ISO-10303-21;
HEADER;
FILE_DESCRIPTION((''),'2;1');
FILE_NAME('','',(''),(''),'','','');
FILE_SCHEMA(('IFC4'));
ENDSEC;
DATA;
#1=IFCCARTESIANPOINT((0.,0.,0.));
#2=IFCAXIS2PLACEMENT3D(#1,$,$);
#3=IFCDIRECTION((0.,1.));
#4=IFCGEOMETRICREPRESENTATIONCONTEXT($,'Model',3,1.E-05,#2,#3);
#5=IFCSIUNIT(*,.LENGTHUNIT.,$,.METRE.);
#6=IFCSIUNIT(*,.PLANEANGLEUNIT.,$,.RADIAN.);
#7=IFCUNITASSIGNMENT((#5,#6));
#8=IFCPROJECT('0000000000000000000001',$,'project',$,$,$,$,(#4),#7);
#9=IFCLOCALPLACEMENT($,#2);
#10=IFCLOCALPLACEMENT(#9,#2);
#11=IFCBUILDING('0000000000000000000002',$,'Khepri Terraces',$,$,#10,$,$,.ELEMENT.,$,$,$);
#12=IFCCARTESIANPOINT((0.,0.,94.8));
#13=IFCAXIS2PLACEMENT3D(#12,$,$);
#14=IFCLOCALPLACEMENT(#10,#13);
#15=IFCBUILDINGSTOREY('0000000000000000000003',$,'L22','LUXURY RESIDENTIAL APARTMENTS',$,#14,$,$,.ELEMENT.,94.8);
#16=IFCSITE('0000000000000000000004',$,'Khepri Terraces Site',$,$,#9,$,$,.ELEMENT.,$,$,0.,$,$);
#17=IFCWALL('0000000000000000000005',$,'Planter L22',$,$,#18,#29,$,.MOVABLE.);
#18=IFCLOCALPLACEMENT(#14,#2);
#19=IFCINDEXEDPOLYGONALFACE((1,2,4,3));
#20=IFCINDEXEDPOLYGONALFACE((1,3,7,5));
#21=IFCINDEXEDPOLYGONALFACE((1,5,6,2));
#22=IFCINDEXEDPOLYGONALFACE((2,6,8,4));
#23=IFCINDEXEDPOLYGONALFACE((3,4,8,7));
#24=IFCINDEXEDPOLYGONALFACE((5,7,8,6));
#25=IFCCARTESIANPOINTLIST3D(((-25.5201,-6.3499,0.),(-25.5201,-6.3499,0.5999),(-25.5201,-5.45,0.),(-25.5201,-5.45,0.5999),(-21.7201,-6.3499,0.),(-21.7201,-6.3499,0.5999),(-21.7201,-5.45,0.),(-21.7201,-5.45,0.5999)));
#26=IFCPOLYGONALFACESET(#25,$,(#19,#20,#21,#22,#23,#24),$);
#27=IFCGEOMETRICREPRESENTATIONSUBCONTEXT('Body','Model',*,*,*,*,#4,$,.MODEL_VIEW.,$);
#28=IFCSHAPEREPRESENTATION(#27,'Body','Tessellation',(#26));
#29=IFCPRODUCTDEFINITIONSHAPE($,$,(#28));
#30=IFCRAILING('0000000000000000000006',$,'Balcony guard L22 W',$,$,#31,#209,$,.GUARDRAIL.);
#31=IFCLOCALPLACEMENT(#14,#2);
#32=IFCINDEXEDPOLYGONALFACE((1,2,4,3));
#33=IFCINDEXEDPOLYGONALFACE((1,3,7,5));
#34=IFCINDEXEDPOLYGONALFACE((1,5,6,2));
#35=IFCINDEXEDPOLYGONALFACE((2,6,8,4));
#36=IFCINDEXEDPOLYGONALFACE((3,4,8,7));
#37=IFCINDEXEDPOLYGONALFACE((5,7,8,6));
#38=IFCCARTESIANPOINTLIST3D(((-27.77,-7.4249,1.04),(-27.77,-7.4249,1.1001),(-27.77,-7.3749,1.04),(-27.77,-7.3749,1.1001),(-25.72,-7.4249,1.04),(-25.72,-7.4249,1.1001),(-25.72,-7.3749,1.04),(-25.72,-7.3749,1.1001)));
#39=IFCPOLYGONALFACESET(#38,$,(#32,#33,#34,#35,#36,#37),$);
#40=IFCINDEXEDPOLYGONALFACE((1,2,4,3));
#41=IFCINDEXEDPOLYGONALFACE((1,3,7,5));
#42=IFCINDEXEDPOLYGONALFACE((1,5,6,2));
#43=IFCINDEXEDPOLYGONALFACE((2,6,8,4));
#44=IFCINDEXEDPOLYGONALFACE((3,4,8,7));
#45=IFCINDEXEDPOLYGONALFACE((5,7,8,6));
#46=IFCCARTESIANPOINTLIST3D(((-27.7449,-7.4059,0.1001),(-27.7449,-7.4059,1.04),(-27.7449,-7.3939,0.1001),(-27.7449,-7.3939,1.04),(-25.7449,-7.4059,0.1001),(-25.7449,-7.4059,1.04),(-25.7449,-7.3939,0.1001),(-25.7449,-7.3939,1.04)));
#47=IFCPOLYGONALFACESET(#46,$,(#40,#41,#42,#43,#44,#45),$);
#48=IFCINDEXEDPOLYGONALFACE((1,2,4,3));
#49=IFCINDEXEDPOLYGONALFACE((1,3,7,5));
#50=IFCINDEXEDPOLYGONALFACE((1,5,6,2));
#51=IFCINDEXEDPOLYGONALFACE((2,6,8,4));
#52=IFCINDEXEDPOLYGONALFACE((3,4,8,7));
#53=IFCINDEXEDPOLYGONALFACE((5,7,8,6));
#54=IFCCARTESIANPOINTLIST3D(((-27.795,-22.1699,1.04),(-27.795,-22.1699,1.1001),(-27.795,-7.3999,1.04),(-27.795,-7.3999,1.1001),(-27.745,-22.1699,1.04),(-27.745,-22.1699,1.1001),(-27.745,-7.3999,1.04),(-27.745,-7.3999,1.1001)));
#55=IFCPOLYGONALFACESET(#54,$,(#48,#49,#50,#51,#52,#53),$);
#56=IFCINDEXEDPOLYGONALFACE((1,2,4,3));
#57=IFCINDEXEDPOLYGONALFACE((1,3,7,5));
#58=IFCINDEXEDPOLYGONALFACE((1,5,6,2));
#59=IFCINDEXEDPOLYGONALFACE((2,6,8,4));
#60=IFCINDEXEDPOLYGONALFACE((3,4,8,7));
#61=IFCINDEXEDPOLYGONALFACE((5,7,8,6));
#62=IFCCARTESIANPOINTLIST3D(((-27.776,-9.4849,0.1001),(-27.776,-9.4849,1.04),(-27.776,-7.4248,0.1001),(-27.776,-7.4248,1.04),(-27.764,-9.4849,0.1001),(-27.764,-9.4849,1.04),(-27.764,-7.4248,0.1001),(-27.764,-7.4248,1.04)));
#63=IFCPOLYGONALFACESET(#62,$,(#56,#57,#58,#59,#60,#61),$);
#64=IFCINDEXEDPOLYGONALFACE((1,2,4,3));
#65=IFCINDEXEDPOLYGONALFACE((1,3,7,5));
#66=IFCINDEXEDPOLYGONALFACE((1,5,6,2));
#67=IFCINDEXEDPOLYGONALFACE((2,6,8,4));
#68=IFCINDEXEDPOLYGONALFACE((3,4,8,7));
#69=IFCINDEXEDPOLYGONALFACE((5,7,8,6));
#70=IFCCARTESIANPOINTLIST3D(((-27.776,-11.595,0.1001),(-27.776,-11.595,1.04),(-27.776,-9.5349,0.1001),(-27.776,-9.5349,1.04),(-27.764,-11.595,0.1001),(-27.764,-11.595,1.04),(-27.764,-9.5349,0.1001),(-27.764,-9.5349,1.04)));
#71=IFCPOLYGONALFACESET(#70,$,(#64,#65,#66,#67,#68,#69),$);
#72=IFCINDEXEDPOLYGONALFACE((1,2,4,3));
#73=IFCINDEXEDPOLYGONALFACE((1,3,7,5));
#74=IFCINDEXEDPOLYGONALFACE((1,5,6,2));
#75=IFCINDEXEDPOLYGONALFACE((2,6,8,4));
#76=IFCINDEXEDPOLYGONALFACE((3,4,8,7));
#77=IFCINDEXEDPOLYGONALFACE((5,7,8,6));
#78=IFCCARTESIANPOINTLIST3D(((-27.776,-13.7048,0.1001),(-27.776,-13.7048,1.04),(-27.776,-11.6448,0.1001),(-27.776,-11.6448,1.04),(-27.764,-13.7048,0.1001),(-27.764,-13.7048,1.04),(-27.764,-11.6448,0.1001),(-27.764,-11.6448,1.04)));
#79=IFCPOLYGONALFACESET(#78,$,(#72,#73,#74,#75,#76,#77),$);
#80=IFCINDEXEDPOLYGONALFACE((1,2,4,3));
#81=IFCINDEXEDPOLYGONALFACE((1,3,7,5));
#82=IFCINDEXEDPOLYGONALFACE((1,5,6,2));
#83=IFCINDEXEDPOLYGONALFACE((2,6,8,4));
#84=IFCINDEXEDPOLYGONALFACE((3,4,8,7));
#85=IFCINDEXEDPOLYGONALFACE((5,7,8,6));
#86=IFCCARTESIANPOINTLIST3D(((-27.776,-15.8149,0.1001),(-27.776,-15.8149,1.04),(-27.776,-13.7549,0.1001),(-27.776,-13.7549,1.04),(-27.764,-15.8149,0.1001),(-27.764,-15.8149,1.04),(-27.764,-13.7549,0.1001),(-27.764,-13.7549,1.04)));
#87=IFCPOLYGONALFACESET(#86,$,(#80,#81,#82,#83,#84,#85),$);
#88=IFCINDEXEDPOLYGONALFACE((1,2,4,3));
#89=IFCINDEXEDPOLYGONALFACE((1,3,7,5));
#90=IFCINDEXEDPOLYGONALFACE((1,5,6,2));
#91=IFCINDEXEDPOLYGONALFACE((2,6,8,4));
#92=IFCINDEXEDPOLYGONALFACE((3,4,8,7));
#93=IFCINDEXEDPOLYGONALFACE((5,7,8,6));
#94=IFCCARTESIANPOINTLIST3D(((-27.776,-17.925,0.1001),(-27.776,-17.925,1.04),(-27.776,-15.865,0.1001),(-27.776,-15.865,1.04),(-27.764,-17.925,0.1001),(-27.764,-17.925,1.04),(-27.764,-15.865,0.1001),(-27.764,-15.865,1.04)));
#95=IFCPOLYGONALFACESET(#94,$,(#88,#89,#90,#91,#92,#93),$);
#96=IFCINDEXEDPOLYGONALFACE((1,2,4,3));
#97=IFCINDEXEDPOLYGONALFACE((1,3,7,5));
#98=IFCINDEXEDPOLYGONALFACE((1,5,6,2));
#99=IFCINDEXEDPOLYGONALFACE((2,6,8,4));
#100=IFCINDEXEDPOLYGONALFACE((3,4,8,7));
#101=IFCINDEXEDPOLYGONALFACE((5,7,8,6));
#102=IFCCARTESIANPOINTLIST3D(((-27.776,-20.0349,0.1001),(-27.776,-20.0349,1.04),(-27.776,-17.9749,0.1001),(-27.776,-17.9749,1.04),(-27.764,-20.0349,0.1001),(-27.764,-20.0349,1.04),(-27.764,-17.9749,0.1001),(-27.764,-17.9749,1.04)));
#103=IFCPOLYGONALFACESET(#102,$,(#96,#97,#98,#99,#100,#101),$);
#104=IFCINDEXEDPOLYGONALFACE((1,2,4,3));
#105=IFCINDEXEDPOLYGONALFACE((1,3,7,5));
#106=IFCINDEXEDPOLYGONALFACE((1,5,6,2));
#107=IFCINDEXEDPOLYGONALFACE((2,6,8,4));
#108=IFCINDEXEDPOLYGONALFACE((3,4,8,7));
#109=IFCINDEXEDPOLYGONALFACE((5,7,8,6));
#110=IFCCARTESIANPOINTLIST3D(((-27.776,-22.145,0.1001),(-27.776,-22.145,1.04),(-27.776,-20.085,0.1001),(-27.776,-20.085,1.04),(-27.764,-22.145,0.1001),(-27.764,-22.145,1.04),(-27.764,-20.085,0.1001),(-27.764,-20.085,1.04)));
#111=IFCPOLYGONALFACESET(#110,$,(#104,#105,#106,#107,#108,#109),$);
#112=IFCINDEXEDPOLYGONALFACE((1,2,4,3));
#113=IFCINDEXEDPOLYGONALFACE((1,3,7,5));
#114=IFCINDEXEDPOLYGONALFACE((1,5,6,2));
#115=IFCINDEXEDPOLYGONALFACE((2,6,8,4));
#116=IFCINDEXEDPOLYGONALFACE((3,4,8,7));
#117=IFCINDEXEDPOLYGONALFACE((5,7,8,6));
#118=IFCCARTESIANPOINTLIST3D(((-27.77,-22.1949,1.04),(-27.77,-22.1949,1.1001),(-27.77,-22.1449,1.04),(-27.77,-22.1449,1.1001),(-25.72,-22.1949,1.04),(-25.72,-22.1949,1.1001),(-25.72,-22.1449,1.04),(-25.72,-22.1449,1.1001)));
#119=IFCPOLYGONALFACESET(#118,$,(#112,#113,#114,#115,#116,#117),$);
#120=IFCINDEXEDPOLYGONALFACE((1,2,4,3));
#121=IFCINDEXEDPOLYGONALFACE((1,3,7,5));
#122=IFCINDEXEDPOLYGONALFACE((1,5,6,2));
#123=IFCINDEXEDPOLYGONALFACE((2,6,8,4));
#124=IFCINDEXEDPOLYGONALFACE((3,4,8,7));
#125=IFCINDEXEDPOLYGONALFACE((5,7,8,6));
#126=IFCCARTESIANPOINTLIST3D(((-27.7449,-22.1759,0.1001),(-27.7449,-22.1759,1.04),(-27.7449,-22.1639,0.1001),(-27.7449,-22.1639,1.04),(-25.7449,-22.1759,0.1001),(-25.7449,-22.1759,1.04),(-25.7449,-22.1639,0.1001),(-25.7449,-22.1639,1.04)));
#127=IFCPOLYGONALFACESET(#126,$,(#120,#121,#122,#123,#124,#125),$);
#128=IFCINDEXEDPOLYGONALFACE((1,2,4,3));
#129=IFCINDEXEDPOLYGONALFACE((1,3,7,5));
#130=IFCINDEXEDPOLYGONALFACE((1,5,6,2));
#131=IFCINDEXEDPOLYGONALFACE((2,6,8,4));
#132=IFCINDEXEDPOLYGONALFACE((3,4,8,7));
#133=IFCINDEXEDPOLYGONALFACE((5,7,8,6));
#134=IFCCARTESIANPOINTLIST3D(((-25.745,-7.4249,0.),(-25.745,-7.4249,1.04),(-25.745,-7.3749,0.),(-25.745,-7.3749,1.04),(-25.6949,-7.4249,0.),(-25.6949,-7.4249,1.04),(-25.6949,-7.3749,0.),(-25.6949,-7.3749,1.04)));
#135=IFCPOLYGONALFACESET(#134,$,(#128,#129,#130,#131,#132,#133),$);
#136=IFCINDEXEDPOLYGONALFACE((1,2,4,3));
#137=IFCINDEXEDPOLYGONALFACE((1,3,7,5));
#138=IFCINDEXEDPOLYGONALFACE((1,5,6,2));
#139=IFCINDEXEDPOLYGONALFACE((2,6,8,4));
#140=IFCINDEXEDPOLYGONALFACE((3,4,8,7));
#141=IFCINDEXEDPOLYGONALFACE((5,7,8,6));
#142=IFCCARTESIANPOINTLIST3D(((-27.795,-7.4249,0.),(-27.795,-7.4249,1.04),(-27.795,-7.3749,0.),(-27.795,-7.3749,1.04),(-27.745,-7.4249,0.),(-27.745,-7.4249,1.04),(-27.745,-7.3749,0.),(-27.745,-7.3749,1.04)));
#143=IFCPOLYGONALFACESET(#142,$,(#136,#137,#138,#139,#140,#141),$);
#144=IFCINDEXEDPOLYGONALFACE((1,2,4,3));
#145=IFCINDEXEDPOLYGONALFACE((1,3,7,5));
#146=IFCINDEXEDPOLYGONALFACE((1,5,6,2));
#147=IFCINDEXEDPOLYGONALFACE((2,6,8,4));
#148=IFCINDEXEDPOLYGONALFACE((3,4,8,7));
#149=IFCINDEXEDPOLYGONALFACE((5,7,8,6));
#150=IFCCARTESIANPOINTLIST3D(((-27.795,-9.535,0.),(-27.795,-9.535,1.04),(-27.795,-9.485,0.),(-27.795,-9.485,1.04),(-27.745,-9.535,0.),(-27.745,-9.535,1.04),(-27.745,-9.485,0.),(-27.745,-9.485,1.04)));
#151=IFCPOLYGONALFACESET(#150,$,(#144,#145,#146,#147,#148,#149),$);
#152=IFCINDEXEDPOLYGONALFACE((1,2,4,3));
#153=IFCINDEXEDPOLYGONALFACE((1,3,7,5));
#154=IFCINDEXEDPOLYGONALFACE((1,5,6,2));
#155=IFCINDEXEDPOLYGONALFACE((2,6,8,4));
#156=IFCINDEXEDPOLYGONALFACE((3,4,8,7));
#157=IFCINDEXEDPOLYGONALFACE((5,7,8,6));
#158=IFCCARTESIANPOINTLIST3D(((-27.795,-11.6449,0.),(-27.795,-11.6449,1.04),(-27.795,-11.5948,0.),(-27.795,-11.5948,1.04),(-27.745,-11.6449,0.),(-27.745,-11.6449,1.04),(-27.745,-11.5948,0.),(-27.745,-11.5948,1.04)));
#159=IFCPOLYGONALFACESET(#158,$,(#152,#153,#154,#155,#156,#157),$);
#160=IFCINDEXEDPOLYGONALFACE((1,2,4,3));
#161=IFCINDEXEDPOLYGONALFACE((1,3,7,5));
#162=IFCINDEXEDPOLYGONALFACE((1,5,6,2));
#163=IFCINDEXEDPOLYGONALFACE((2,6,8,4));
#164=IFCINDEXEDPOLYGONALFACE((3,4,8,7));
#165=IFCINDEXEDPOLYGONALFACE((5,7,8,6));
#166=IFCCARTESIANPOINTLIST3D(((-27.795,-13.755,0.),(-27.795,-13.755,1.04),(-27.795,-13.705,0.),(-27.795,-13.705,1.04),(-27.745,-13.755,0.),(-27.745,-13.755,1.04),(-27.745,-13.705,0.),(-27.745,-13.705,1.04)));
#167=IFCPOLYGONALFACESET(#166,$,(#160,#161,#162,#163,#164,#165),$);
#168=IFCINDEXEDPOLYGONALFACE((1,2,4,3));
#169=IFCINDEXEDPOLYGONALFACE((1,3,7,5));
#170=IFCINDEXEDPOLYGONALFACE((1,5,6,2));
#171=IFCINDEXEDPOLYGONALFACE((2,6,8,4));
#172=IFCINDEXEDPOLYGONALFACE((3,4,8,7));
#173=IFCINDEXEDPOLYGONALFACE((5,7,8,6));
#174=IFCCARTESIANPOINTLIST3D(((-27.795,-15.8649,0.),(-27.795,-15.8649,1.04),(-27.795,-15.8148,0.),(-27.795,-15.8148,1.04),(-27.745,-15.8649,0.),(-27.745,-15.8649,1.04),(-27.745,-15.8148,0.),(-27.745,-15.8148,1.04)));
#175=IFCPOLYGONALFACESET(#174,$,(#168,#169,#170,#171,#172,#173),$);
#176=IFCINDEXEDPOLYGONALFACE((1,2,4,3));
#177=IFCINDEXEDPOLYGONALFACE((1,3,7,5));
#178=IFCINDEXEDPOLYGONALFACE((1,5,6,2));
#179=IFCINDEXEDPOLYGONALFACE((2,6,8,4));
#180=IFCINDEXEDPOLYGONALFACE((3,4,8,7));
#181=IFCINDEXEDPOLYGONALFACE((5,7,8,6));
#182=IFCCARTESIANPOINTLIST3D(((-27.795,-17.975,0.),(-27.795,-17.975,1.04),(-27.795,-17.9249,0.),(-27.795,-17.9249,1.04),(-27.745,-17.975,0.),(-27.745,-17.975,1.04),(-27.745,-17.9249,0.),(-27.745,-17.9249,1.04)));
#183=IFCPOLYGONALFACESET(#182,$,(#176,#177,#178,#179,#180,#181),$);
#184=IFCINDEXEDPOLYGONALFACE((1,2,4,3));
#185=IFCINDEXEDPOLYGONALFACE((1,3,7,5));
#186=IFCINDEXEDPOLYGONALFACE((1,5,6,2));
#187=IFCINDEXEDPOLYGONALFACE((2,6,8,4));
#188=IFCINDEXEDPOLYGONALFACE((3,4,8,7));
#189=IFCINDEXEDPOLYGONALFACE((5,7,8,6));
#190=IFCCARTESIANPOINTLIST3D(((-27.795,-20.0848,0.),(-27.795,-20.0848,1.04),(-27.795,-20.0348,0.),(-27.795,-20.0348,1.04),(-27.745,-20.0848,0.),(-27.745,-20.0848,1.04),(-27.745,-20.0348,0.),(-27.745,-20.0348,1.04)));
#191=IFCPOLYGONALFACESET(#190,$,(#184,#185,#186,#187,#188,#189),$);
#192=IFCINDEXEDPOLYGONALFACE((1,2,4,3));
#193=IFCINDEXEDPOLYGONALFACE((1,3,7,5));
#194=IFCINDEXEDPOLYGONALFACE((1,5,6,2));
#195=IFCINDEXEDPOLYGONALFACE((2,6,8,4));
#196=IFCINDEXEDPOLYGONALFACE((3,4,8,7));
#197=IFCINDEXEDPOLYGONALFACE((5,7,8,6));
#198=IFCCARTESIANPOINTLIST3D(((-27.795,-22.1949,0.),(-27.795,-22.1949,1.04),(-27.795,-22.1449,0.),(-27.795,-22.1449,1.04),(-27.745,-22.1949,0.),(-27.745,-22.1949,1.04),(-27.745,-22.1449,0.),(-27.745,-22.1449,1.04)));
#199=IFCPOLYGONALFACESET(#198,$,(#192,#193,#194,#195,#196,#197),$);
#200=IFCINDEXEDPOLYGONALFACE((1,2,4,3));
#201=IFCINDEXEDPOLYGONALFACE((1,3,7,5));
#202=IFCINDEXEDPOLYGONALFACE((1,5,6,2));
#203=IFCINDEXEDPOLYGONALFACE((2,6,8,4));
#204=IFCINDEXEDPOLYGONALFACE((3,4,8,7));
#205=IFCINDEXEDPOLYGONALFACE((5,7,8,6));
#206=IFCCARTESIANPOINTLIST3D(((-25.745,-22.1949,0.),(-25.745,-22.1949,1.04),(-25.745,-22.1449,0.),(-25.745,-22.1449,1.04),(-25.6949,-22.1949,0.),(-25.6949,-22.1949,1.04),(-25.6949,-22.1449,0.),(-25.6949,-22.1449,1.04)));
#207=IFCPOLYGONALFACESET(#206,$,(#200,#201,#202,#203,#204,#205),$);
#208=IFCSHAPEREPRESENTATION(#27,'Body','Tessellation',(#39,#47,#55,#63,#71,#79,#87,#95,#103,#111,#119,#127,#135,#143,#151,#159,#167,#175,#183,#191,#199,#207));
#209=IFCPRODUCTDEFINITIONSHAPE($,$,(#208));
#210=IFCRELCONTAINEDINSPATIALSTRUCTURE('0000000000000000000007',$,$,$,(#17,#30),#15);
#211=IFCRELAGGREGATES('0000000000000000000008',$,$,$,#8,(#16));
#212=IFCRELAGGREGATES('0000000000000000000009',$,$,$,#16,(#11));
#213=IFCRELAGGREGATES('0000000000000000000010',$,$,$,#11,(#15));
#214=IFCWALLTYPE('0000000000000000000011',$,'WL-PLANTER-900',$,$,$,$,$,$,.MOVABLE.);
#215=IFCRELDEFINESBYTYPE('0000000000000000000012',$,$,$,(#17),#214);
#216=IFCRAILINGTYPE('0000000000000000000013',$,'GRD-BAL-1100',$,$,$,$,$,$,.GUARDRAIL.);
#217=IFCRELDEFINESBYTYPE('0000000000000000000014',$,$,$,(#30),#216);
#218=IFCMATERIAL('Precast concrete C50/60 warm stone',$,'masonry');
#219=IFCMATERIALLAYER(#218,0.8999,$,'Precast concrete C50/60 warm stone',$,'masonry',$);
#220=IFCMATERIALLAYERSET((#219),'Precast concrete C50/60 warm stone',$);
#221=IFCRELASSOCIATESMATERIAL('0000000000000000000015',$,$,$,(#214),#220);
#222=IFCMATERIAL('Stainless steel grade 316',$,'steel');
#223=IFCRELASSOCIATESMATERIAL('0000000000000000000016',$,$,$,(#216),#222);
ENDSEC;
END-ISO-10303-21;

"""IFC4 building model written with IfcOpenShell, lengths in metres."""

from ifc_helpers import new_model, si_unit, direction, frame, frame_2d, origin, origin_2d, place, context, subcontext, project, spatial, rectangle, extrude, material, layer, layer_set, type_object, element, save


model = new_model("IFC4")

# Units and contexts
model_context = context("Model", 3, precision=1e-05, world=origin(), true_north=direction((0.0, 1.0)))
body_context = subcontext(model_context, "Body", "Model", "MODEL_VIEW")
ifc_project = project(units=[si_unit("LENGTHUNIT", "METRE"), si_unit("PLANEANGLEUNIT", "RADIAN")], contexts=[model_context])

# Site, building, storey
site_placement = place(None, origin())
site = spatial("IfcSite", under=ifc_project, at=site_placement, Name="Khepri Terraces Site", CompositionType="ELEMENT", RefElevation=0.0)
building_placement = place(site_placement, origin())
building = spatial("IfcBuilding", under=site, at=building_placement, Name="Khepri Terraces", CompositionType="ELEMENT")
storey_placement = place(building_placement, frame((0.0, 0.0, 94.8)))
storey = spatial("IfcBuildingStorey", under=building, at=storey_placement, Name="L22", Description="LUXURY RESIDENTIAL APARTMENTS", CompositionType="ELEMENT", Elevation=94.8)

# Shared definitions
ifc_material_1 = material(Name="Precast concrete C50/60 warm stone", Category="masonry")

# Wall
ifc_layer_1 = layer(ifc_material_1, 0.8999, Name="Precast concrete C50/60 warm stone", Category="masonry")
ifc_layer_set_1 = layer_set([ifc_layer_1], Name="Precast concrete C50/60 warm stone")
wall_type_1 = type_object("IfcWallType", Name="WL-PLANTER-900", PredefinedType="MOVABLE", material=ifc_layer_set_1)
wall_1_placement = place(storey_placement, frame((-25.52, -5.8999, 0.0), z_axis=(0.0, 0.0, 1.0), x_axis=(1.0, 0.0, 0.0)))
element("IfcWall", 1, at=wall_1_placement, inside=storey, type_object=wall_type_1, Name="Planter L22", PredefinedType="MOVABLE", context=body_context, shape_type="SweptSolid", body=[
    extrude(rectangle(XDim=3.8, YDim=0.8999, at=frame_2d((1.8999, 0.0))), origin(), (0.0, 0.0, 1.0), 0.5999),
])

# Railing
ifc_material_2 = material(Name="Stainless steel grade 316", Category="steel")
railing_type_1 = type_object("IfcRailingType", Name="GRD-BAL-1100", PredefinedType="GUARDRAIL", material=ifc_material_2)
railing_1_placement = place(storey_placement, frame((-25.72, -7.3999, 0.0)))
element("IfcRailing", 2, at=railing_1_placement, inside=storey, type_object=railing_type_1, Name="Balcony guard L22 W", PredefinedType="GUARDRAIL", context=body_context, shape_type="SweptSolid", body=[
    extrude(rectangle(XDim=0.05, YDim=0.0601, at=origin_2d()), frame((0.0, 0.0, 1.0701), z_axis=(-1.0, 0.0, 0.0), x_axis=(0.0, -1.0, 0.0)), (0.0, 0.0, 1.0), 2.05),
    extrude(rectangle(XDim=2.0, YDim=0.012, at=origin_2d()), frame((-1.0249, 0.0, 0.1001), z_axis=(0.0, 0.0, 1.0), x_axis=(-1.0, 0.0, 0.0)), (0.0, 0.0, 1.0), 0.9399),
    extrude(rectangle(XDim=0.05, YDim=0.0601, at=origin_2d()), frame((-2.05, 0.0, 1.0701), z_axis=(0.0, -1.0, 0.0), x_axis=(1.0, 0.0, 0.0)), (0.0, 0.0, 1.0), 14.77),
    extrude(rectangle(XDim=2.0601, YDim=0.012, at=origin_2d()), frame((-2.05, -1.0549, 0.1001), z_axis=(0.0, 0.0, 1.0), x_axis=(0.0, -1.0, 0.0)), (0.0, 0.0, 1.0), 0.9399),
    extrude(rectangle(XDim=2.0601, YDim=0.012, at=origin_2d()), frame((-2.05, -3.165, 0.1001), z_axis=(0.0, 0.0, 1.0), x_axis=(0.0, -1.0, 0.0)), (0.0, 0.0, 1.0), 0.9399),
    extrude(rectangle(XDim=2.0601, YDim=0.012, at=origin_2d()), frame((-2.05, -5.2749, 0.1001), z_axis=(0.0, 0.0, 1.0), x_axis=(0.0, -1.0, 0.0)), (0.0, 0.0, 1.0), 0.9399),
    extrude(rectangle(XDim=2.0601, YDim=0.012, at=origin_2d()), frame((-2.05, -7.385, 0.1001), z_axis=(0.0, 0.0, 1.0), x_axis=(0.0, -1.0, 0.0)), (0.0, 0.0, 1.0), 0.9399),
    extrude(rectangle(XDim=2.0601, YDim=0.012, at=origin_2d()), frame((-2.05, -9.4951, 0.1001), z_axis=(0.0, 0.0, 1.0), x_axis=(0.0, -1.0, 0.0)), (0.0, 0.0, 1.0), 0.9399),
    extrude(rectangle(XDim=2.0601, YDim=0.012, at=origin_2d()), frame((-2.05, -11.605, 0.1001), z_axis=(0.0, 0.0, 1.0), x_axis=(0.0, -1.0, 0.0)), (0.0, 0.0, 1.0), 0.9399),
    extrude(rectangle(XDim=2.0601, YDim=0.012, at=origin_2d()), frame((-2.05, -13.7151, 0.1001), z_axis=(0.0, 0.0, 1.0), x_axis=(0.0, -1.0, 0.0)), (0.0, 0.0, 1.0), 0.9399),
    extrude(rectangle(XDim=0.05, YDim=0.0601, at=origin_2d()), frame((-2.05, -14.77, 1.0701), z_axis=(1.0, 0.0, 0.0), x_axis=(0.0, 1.0, 0.0)), (0.0, 0.0, 1.0), 2.05),
    extrude(rectangle(XDim=2.0, YDim=0.012, at=origin_2d()), frame((-1.0249, -14.77, 0.1001), z_axis=(0.0, 0.0, 1.0), x_axis=(1.0, 0.0, 0.0)), (0.0, 0.0, 1.0), 0.9399),
    extrude(rectangle(XDim=0.05, YDim=0.05, at=origin_2d()), origin(), (0.0, 0.0, 1.0), 1.04),
    extrude(rectangle(XDim=0.05, YDim=0.05, at=origin_2d()), frame((-2.05, 0.0, 0.0)), (0.0, 0.0, 1.0), 1.04),
    extrude(rectangle(XDim=0.05, YDim=0.05, at=origin_2d()), frame((-2.05, -2.1101, 0.0)), (0.0, 0.0, 1.0), 1.04),
    extrude(rectangle(XDim=0.05, YDim=0.05, at=origin_2d()), frame((-2.05, -4.22, 0.0)), (0.0, 0.0, 1.0), 1.04),
    extrude(rectangle(XDim=0.05, YDim=0.05, at=origin_2d()), frame((-2.05, -6.3301, 0.0)), (0.0, 0.0, 1.0), 1.04),
    extrude(rectangle(XDim=0.05, YDim=0.05, at=origin_2d()), frame((-2.05, -8.4399, 0.0)), (0.0, 0.0, 1.0), 1.04),
    extrude(rectangle(XDim=0.05, YDim=0.05, at=origin_2d()), frame((-2.05, -10.55, 0.0)), (0.0, 0.0, 1.0), 1.04),
    extrude(rectangle(XDim=0.05, YDim=0.05, at=origin_2d()), frame((-2.05, -12.6599, 0.0)), (0.0, 0.0, 1.0), 1.04),
    extrude(rectangle(XDim=0.05, YDim=0.05, at=origin_2d()), frame((-2.05, -14.77, 0.0)), (0.0, 0.0, 1.0), 1.04),
    extrude(rectangle(XDim=0.05, YDim=0.05, at=origin_2d()), frame((0.0, -14.77, 0.0)), (0.0, 0.0, 1.0), 1.04),
])

save(model, "model.ifc")
